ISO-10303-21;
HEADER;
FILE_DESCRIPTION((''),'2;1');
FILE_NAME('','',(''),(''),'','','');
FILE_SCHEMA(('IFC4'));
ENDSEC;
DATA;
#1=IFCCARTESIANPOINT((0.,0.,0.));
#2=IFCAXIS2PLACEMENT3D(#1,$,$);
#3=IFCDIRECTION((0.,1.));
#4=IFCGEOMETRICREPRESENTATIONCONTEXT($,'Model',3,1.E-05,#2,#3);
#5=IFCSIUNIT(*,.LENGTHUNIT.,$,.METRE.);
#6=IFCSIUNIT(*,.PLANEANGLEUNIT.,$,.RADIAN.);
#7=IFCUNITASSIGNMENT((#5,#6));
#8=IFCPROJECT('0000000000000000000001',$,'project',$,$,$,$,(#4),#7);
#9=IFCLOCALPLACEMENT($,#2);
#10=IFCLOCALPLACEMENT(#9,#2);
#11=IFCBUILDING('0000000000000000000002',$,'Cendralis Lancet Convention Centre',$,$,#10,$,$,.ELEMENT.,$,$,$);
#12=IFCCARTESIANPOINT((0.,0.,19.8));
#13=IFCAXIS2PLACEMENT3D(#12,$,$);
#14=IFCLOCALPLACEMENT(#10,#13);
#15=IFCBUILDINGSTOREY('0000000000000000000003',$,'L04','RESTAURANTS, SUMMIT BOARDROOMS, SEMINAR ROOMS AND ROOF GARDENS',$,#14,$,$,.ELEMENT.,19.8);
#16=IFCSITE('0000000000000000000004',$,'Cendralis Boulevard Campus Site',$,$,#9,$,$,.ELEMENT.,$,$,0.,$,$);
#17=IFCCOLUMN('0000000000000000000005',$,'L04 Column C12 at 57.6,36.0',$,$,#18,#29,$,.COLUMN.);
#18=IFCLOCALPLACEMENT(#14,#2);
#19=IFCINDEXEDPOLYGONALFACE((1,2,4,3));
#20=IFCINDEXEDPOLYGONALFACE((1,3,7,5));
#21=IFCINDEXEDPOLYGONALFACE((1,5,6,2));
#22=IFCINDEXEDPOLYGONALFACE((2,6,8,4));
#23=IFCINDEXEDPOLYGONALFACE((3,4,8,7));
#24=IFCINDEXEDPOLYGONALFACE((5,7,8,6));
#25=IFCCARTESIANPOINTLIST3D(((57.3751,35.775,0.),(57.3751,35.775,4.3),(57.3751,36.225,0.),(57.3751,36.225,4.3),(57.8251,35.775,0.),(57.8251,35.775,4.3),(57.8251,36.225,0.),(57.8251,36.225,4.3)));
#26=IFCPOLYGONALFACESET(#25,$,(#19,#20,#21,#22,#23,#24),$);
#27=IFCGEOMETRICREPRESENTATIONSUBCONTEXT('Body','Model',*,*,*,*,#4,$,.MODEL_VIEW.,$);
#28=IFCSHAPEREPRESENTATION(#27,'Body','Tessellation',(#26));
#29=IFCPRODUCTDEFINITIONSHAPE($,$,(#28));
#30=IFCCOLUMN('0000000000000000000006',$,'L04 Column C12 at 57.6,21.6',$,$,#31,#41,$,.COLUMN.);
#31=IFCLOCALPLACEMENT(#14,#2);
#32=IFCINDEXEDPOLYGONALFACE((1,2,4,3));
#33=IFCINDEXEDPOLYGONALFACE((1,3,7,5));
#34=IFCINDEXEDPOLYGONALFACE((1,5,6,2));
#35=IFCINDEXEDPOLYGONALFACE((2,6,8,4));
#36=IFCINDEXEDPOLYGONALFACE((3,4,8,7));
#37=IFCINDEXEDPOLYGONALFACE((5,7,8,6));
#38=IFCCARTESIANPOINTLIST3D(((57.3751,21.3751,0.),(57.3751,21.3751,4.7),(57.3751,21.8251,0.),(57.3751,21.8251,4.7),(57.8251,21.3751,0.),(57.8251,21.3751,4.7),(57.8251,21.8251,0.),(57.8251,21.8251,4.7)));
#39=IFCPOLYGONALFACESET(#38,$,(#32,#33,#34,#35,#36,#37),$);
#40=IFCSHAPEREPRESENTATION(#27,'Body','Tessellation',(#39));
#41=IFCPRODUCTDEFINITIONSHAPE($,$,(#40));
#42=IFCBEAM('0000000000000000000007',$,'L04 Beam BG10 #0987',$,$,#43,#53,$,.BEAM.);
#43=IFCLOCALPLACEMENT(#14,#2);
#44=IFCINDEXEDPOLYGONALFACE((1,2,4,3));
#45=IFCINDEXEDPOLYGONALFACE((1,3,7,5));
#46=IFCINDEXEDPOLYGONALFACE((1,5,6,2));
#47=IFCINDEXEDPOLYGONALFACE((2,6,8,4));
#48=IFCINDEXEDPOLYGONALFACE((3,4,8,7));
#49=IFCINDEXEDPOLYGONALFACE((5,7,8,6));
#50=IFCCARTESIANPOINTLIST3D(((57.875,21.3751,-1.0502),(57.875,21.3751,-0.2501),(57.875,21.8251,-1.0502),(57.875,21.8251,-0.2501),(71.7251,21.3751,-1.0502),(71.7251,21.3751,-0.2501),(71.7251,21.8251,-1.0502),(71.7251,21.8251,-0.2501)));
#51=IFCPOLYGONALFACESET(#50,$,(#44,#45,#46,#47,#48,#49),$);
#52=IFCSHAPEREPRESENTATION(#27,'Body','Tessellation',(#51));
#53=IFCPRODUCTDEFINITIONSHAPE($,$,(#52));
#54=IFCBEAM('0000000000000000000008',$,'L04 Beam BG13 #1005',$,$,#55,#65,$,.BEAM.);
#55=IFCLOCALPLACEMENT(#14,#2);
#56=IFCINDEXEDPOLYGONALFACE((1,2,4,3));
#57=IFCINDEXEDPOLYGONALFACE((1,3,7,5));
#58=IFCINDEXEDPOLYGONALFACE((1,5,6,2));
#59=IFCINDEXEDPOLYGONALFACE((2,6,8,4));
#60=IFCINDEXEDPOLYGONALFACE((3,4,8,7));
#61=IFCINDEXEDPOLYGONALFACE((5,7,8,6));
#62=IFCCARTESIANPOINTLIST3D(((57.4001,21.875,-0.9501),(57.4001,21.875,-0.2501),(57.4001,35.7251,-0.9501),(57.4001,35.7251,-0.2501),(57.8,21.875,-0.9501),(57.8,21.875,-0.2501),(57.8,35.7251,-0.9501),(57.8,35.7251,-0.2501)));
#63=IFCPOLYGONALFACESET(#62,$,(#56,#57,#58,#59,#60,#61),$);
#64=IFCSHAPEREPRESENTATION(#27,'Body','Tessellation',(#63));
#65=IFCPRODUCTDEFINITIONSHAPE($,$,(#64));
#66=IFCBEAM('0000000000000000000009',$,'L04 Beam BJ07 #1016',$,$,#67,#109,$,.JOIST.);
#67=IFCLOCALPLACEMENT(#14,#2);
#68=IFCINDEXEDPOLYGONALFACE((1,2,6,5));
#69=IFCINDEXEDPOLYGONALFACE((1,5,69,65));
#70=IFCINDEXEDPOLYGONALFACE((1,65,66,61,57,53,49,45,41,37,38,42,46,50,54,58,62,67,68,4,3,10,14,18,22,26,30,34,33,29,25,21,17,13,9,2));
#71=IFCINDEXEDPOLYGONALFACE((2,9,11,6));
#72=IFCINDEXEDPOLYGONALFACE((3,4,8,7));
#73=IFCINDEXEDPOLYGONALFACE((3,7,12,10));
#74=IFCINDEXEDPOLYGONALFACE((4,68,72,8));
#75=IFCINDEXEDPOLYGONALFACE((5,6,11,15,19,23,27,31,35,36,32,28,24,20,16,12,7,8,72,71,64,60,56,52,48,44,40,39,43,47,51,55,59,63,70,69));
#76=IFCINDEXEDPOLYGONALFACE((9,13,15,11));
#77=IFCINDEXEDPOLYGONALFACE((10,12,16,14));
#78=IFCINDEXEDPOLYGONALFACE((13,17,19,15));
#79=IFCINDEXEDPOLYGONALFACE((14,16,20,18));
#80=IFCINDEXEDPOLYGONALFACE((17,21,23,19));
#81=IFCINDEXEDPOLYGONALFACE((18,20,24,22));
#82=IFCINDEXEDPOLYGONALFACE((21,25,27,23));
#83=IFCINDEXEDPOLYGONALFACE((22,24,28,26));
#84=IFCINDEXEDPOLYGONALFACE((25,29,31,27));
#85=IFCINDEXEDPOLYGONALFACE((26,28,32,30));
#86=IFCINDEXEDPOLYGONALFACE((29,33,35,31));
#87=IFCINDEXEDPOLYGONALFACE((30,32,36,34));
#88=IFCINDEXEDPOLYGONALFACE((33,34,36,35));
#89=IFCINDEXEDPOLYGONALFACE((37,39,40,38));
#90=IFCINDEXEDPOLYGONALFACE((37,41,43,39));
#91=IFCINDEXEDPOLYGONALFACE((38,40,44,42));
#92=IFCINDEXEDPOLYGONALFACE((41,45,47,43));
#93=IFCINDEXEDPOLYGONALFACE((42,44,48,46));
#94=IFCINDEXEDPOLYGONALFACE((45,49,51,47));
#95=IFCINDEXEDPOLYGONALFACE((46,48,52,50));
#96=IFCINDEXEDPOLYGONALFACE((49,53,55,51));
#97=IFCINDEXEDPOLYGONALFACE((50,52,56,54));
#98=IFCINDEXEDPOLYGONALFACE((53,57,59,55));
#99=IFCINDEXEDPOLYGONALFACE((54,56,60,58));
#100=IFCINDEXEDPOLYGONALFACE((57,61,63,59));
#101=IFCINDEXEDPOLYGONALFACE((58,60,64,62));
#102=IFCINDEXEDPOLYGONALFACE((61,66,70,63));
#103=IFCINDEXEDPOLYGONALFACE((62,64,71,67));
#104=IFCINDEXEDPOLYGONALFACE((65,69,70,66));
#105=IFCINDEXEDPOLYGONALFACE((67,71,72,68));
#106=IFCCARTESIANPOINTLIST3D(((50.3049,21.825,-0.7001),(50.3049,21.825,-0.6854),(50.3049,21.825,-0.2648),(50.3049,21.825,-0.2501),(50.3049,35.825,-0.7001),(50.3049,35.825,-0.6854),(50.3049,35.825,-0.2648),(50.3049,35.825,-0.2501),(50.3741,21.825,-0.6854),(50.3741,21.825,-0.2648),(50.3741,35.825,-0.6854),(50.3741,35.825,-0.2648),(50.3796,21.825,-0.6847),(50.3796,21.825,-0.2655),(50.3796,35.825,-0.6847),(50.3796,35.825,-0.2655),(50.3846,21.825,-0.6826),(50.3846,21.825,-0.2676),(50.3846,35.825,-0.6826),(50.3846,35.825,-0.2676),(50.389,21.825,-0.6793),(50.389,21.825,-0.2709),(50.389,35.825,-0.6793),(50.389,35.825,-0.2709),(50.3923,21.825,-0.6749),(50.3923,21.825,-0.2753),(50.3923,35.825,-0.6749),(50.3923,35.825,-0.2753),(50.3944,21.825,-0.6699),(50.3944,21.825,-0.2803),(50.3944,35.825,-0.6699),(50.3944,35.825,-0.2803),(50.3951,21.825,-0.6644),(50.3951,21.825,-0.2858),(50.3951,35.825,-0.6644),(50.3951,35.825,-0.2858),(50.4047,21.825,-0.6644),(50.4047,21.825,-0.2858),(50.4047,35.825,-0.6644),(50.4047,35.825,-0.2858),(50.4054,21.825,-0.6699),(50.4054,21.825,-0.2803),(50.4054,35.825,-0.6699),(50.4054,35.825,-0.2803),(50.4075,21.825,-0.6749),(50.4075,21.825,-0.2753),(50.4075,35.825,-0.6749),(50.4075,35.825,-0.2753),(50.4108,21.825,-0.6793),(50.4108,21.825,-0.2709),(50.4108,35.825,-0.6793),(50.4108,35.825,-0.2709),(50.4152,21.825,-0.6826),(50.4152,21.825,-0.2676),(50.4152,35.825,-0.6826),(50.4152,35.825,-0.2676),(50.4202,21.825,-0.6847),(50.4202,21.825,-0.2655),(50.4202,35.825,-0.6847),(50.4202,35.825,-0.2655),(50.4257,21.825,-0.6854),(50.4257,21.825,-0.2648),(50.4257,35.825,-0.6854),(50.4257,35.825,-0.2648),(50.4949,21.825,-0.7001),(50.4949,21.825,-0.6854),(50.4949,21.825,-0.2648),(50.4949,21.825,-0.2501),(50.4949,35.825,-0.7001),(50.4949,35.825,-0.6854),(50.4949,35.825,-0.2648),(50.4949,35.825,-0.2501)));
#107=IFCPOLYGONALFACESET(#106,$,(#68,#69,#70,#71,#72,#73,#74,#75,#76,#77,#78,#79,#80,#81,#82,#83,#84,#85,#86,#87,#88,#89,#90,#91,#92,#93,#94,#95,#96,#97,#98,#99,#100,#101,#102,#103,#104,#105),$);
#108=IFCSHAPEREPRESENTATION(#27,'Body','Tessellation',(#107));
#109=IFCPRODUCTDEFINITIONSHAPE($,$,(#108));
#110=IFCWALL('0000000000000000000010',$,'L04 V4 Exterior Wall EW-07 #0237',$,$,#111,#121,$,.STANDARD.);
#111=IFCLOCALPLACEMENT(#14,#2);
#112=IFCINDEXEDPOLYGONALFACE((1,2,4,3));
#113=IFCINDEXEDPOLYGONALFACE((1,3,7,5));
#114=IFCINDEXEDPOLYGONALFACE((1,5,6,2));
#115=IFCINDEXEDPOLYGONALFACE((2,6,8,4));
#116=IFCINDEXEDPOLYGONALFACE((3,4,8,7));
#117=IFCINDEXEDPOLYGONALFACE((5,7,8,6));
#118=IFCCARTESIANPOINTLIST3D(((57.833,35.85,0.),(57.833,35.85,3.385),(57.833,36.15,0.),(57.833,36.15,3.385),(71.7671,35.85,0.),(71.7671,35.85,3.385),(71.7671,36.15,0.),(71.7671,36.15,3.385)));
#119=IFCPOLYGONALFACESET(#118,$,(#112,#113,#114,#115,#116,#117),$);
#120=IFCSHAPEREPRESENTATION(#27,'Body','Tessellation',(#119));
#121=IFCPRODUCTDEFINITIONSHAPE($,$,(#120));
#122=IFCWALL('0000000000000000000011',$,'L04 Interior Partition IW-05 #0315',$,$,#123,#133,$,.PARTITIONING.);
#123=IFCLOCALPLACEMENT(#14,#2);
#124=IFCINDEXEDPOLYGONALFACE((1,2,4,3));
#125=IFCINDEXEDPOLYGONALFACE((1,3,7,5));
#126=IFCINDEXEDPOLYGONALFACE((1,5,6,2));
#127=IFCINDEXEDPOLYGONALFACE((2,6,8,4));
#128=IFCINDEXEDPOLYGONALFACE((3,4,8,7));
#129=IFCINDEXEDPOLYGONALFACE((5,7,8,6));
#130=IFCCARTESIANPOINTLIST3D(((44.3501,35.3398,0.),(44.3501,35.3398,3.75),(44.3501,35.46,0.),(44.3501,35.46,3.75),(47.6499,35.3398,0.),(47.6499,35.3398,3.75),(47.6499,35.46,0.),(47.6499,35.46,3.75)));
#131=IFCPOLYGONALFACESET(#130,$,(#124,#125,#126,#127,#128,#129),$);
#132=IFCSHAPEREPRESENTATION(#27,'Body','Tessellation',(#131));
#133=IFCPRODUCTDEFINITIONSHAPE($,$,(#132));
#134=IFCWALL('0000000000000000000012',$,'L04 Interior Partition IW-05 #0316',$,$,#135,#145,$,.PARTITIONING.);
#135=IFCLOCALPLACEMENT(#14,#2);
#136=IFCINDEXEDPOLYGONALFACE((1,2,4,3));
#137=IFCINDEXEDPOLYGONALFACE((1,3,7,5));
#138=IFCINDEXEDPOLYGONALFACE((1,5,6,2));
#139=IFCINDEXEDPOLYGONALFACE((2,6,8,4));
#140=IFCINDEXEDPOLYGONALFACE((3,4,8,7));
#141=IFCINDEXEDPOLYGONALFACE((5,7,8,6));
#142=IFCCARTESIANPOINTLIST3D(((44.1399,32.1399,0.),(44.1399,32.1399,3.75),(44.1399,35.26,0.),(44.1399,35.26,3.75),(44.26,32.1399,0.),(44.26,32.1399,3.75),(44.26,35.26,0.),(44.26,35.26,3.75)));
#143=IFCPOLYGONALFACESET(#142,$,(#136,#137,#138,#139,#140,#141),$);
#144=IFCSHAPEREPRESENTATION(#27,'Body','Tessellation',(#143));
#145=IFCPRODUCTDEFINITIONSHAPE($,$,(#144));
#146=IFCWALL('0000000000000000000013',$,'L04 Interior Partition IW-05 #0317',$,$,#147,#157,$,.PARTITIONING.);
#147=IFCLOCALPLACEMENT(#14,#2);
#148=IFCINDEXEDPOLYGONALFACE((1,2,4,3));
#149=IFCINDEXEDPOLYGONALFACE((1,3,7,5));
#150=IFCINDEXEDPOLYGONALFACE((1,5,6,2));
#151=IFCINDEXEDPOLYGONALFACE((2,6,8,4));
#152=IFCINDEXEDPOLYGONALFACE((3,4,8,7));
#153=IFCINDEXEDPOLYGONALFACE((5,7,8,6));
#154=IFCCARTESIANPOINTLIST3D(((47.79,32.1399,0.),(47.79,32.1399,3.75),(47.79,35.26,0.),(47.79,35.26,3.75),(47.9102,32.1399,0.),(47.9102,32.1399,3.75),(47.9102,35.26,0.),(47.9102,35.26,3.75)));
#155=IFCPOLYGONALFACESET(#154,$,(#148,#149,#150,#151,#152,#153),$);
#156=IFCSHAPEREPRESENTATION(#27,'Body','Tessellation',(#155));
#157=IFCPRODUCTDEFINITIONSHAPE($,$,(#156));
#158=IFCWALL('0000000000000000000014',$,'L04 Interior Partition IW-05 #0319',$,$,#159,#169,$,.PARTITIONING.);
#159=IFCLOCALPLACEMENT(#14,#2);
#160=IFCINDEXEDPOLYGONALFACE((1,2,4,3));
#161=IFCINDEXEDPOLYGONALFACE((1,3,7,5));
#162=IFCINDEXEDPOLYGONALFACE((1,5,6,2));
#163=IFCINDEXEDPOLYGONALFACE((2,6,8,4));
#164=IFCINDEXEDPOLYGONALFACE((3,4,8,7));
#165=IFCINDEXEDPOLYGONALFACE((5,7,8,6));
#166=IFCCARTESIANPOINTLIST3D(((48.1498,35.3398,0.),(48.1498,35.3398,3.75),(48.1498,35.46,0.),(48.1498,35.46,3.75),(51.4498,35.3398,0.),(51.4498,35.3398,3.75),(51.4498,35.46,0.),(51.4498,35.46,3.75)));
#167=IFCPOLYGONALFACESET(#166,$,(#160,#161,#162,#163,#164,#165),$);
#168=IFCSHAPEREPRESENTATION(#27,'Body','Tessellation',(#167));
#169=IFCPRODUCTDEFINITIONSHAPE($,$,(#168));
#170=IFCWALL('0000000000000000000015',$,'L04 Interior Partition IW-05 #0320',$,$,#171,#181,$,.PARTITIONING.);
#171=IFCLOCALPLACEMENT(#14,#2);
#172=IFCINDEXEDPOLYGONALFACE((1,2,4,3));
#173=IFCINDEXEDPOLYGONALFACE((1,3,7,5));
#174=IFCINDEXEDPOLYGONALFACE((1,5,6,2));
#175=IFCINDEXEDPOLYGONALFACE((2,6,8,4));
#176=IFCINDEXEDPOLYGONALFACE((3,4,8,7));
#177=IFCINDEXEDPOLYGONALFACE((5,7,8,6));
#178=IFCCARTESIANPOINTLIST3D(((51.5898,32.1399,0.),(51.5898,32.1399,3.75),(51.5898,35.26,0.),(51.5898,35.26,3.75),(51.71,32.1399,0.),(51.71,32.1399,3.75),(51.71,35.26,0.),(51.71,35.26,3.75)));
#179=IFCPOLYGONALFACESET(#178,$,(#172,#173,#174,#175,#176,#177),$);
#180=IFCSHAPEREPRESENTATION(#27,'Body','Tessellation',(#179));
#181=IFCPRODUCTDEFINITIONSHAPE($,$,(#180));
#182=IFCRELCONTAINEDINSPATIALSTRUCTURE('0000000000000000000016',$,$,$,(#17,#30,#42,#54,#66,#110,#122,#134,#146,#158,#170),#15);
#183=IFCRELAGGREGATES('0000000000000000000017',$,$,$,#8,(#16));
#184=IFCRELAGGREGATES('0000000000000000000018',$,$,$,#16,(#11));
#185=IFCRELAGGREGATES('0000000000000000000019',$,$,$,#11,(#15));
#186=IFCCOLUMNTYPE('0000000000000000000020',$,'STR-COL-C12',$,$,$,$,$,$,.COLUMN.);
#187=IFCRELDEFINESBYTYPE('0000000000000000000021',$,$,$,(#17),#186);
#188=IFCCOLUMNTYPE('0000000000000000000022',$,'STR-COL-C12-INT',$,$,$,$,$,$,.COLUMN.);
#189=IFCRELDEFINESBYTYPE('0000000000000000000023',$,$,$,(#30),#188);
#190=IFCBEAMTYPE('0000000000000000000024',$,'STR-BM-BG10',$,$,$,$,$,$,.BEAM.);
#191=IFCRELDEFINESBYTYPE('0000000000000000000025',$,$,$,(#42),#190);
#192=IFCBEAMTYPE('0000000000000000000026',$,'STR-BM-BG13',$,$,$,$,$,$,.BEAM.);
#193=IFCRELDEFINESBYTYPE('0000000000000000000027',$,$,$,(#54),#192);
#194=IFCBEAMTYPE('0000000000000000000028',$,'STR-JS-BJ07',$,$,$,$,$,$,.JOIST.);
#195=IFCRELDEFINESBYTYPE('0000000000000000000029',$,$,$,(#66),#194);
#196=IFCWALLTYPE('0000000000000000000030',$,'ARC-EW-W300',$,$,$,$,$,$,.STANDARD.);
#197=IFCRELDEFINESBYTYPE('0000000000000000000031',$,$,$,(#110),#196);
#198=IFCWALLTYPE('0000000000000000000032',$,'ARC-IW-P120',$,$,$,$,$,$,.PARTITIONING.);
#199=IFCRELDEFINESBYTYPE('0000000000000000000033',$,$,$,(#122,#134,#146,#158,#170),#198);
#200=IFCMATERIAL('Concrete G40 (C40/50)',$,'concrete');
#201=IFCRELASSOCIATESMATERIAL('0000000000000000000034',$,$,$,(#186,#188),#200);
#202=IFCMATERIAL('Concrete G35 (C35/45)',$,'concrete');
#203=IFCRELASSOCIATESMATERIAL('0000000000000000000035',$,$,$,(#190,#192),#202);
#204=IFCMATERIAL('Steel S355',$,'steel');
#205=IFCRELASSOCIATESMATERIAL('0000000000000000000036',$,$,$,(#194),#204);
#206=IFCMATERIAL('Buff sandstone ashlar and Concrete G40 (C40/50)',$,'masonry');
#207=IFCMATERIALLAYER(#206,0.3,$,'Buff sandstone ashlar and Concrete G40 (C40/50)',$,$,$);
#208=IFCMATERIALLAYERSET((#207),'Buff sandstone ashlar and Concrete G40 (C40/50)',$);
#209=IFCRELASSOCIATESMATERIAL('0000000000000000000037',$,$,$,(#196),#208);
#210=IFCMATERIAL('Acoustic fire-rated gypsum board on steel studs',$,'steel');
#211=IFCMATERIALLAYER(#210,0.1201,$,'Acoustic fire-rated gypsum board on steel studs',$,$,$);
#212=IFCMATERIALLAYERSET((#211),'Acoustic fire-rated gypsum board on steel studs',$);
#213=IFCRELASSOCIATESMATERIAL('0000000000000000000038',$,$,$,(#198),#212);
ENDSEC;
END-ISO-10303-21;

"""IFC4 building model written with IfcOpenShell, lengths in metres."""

from ifc_helpers import new_model, si_unit, direction, frame, frame_2d, origin, origin_2d, place, context, subcontext, project, spatial, rectangle, i_section, extrude, material, layer, layer_set, material_profile, profile_set, type_object, element, save


model = new_model("IFC4")

# Units and contexts
model_context = context("Model", 3, precision=1e-05, world=origin(), true_north=direction((0.0, 1.0)))
body_context = subcontext(model_context, "Body", "Model", "MODEL_VIEW")
ifc_project = project(units=[si_unit("LENGTHUNIT", "METRE"), si_unit("PLANEANGLEUNIT", "RADIAN")], contexts=[model_context])

# Site, building, storey
site_placement = place(None, origin())
site = spatial("IfcSite", under=ifc_project, at=site_placement, Name="Cendralis Boulevard Campus Site", CompositionType="ELEMENT", RefElevation=0.0)
building_placement = place(site_placement, origin())
building = spatial("IfcBuilding", under=site, at=building_placement, Name="Cendralis Lancet Convention Centre", CompositionType="ELEMENT")
storey_placement = place(building_placement, frame((0.0, 0.0, 19.8)))
storey = spatial("IfcBuildingStorey", under=building, at=storey_placement, Name="L04", Description="RESTAURANTS, SUMMIT BOARDROOMS, SEMINAR ROOMS AND ROOF GARDENS", CompositionType="ELEMENT", Elevation=19.8)

# Columns
ifc_material_1 = material(Name="Concrete G40 (C40/50)", Category="concrete")
ifc_material_profile_1 = material_profile(ifc_material_1, rectangle(XDim=0.45, YDim=0.45, at=origin_2d()), Name="RC 450x450")
ifc_profile_set_1 = profile_set([ifc_material_profile_1], Name="Concrete G40 (C40/50)")
column_type_1 = type_object("IfcColumnType", Name="STR-COL-C12", PredefinedType="COLUMN", material=ifc_profile_set_1)
column_1_placement = place(storey_placement, frame((57.6001, 36.0, 0.0), z_axis=(0.0, 0.0, 1.0), x_axis=(1.0, 0.0, 0.0)))
element("IfcColumn", 1, at=column_1_placement, inside=storey, type_object=column_type_1, Name="L04 Column C12 at 57.6,36.0", PredefinedType="COLUMN", context=body_context, shape_type="SweptSolid", body=[
    extrude(rectangle(XDim=0.45, YDim=0.45, at=origin_2d()), origin(), (0.0, 0.0, 1.0), 4.3),
])
ifc_material_profile_2 = material_profile(ifc_material_1, rectangle(XDim=0.45, YDim=0.45, at=origin_2d()), Name="RC 450x450")
ifc_profile_set_2 = profile_set([ifc_material_profile_2], Name="Concrete G40 (C40/50)")
column_type_2 = type_object("IfcColumnType", Name="STR-COL-C12-INT", PredefinedType="COLUMN", material=ifc_profile_set_2)
column_2_placement = place(storey_placement, frame((57.6001, 21.6001, 0.0), z_axis=(0.0, 0.0, 1.0), x_axis=(1.0, 0.0, 0.0)))
element("IfcColumn", 2, at=column_2_placement, inside=storey, type_object=column_type_2, Name="L04 Column C12 at 57.6,21.6", PredefinedType="COLUMN", context=body_context, shape_type="SweptSolid", body=[
    extrude(rectangle(XDim=0.45, YDim=0.45, at=origin_2d()), origin(), (0.0, 0.0, 1.0), 4.7),
])

# Beams
ifc_material_2 = material(Name="Concrete G35 (C35/45)", Category="concrete")
ifc_material_profile_3 = material_profile(ifc_material_2, rectangle(XDim=0.45, YDim=0.8, at=origin_2d()), Name="RCB 450x800")
ifc_profile_set_3 = profile_set([ifc_material_profile_3], Name="Concrete G35 (C35/45)")
beam_type_1 = type_object("IfcBeamType", Name="STR-BM-BG10", PredefinedType="BEAM", material=ifc_profile_set_3)
beam_1_placement = place(storey_placement, frame((57.875, 21.6001, -0.6501), z_axis=(1.0, 0.0, 0.0), x_axis=(0.0, 1.0, 0.0)))
element("IfcBeam", 3, at=beam_1_placement, inside=storey, type_object=beam_type_1, Name="L04 Beam BG10 #0987", PredefinedType="BEAM", context=body_context, shape_type="SweptSolid", body=[
    extrude(rectangle(XDim=0.45, YDim=0.8, at=origin_2d()), origin(), (0.0, 0.0, 1.0), 13.8501),
])
ifc_material_profile_4 = material_profile(ifc_material_2, rectangle(XDim=0.3999, YDim=0.7, at=origin_2d()), Name="RCB 400x700")
ifc_profile_set_4 = profile_set([ifc_material_profile_4], Name="Concrete G35 (C35/45)")
beam_type_2 = type_object("IfcBeamType", Name="STR-BM-BG13", PredefinedType="BEAM", material=ifc_profile_set_4)
beam_2_placement = place(storey_placement, frame((57.6001, 21.875, -0.6001), z_axis=(0.0, 1.0, 0.0), x_axis=(-1.0, 0.0, 0.0)))
element("IfcBeam", 4, at=beam_2_placement, inside=storey, type_object=beam_type_2, Name="L04 Beam BG13 #1005", PredefinedType="BEAM", context=body_context, shape_type="SweptSolid", body=[
    extrude(rectangle(XDim=0.3999, YDim=0.7, at=origin_2d()), origin(), (0.0, 0.0, 1.0), 13.8501),
])
ifc_material_3 = material(Name="Steel S355", Category="steel")
ifc_material_profile_5 = material_profile(ifc_material_3, i_section(OverallWidth=0.1899, OverallDepth=0.45, WebThickness=0.0095, FlangeThickness=0.0146, FilletRadius=0.021, at=origin_2d()), Name="IPE 450")
ifc_profile_set_5 = profile_set([ifc_material_profile_5], Name="Steel S355")
beam_type_3 = type_object("IfcBeamType", Name="STR-JS-BJ07", PredefinedType="JOIST", material=ifc_profile_set_5)
beam_3_placement = place(storey_placement, frame((50.3999, 21.825, -0.4751), z_axis=(0.0, 1.0, 0.0), x_axis=(-1.0, 0.0, 0.0)))
element("IfcBeam", 5, at=beam_3_placement, inside=storey, type_object=beam_type_3, Name="L04 Beam BJ07 #1016", PredefinedType="JOIST", context=body_context, shape_type="SweptSolid", body=[
    extrude(i_section(OverallWidth=0.1899, OverallDepth=0.45, WebThickness=0.0095, FlangeThickness=0.0146, FilletRadius=0.021, at=origin_2d()), origin(), (0.0, 0.0, 1.0), 14.0),
])

# Wall
ifc_material_4 = material(Name="Buff sandstone ashlar and Concrete G40 (C40/50)", Category="masonry")
ifc_layer_1 = layer(ifc_material_4, 0.3, Name="Buff sandstone ashlar and Concrete G40 (C40/50)")
ifc_layer_set_1 = layer_set([ifc_layer_1], Name="Buff sandstone ashlar and Concrete G40 (C40/50)")
wall_type_1 = type_object("IfcWallType", Name="ARC-EW-W300", PredefinedType="STANDARD", material=ifc_layer_set_1)
wall_1_placement = place(storey_placement, frame((57.833, 36.0, 0.0), z_axis=(0.0, 0.0, 1.0), x_axis=(1.0, 0.0, 0.0)))
element("IfcWall", 6, at=wall_1_placement, inside=storey, type_object=wall_type_1, Name="L04 V4 Exterior Wall EW-07 #0237", PredefinedType="STANDARD", context=body_context, shape_type="SweptSolid", body=[
    extrude(rectangle(XDim=13.9341, YDim=0.3, at=frame_2d((6.967, 0.0))), origin(), (0.0, 0.0, 1.0), 3.385),
])

# Shared definitions
ifc_material_5 = material(Name="Acoustic fire-rated gypsum board on steel studs", Category="steel")
ifc_layer_2 = layer(ifc_material_5, 0.1201, Name="Acoustic fire-rated gypsum board on steel studs")
ifc_layer_set_2 = layer_set([ifc_layer_2], Name="Acoustic fire-rated gypsum board on steel studs")
wall_type_2 = type_object("IfcWallType", Name="ARC-IW-P120", PredefinedType="PARTITIONING", material=ifc_layer_set_2)

# Walls
wall_2_placement = place(storey_placement, frame((44.3501, 35.3999, 0.0), z_axis=(0.0, 0.0, 1.0), x_axis=(1.0, 0.0, 0.0)))
element("IfcWall", 7, at=wall_2_placement, inside=storey, type_object=wall_type_2, Name="L04 Interior Partition IW-05 #0315", PredefinedType="PARTITIONING", context=body_context, shape_type="SweptSolid", body=[
    extrude(rectangle(XDim=3.2998, YDim=0.1201, at=frame_2d((1.6499, 0.0))), origin(), (0.0, 0.0, 1.0), 3.75),
])
for number, where, z_axis, x_axis, name in (
    (8, (44.2, 32.1399, 0.0), (0.0, 0.0, 1.0), (0.0, 1.0, 0.0), "L04 Interior Partition IW-05 #0316"),
    (9, (47.8501, 32.1399, 0.0), (0.0, 0.0, 1.0), (0.0, 1.0, 0.0), "L04 Interior Partition IW-05 #0317"),
):
    element("IfcWall", number, at=place(storey_placement, frame(where, z_axis=z_axis, x_axis=x_axis)), inside=storey, type_object=wall_type_2, Name=name, PredefinedType="PARTITIONING", context=body_context, shape_type="SweptSolid", body=[
        extrude(rectangle(XDim=3.1201, YDim=0.1201, at=frame_2d((1.5601, 0.0))), origin(), (0.0, 0.0, 1.0), 3.75),
    ])

# Walls
wall_3_placement = place(storey_placement, frame((48.1499, 35.3999, 0.0), z_axis=(0.0, 0.0, 1.0), x_axis=(1.0, 0.0, 0.0)))
element("IfcWall", 10, at=wall_3_placement, inside=storey, type_object=wall_type_2, Name="L04 Interior Partition IW-05 #0319", PredefinedType="PARTITIONING", context=body_context, shape_type="SweptSolid", body=[
    extrude(rectangle(XDim=3.3, YDim=0.1201, at=frame_2d((1.6499, 0.0))), origin(), (0.0, 0.0, 1.0), 3.75),
])
wall_4_placement = place(storey_placement, frame((51.6499, 32.1399, 0.0), z_axis=(0.0, 0.0, 1.0), x_axis=(0.0, 1.0, 0.0)))
element("IfcWall", 11, at=wall_4_placement, inside=storey, type_object=wall_type_2, Name="L04 Interior Partition IW-05 #0320", PredefinedType="PARTITIONING", context=body_context, shape_type="SweptSolid", body=[
    extrude(rectangle(XDim=3.1201, YDim=0.1201, at=frame_2d((1.5601, 0.0))), origin(), (0.0, 0.0, 1.0), 3.75),
])

save(model, "model.ifc")
